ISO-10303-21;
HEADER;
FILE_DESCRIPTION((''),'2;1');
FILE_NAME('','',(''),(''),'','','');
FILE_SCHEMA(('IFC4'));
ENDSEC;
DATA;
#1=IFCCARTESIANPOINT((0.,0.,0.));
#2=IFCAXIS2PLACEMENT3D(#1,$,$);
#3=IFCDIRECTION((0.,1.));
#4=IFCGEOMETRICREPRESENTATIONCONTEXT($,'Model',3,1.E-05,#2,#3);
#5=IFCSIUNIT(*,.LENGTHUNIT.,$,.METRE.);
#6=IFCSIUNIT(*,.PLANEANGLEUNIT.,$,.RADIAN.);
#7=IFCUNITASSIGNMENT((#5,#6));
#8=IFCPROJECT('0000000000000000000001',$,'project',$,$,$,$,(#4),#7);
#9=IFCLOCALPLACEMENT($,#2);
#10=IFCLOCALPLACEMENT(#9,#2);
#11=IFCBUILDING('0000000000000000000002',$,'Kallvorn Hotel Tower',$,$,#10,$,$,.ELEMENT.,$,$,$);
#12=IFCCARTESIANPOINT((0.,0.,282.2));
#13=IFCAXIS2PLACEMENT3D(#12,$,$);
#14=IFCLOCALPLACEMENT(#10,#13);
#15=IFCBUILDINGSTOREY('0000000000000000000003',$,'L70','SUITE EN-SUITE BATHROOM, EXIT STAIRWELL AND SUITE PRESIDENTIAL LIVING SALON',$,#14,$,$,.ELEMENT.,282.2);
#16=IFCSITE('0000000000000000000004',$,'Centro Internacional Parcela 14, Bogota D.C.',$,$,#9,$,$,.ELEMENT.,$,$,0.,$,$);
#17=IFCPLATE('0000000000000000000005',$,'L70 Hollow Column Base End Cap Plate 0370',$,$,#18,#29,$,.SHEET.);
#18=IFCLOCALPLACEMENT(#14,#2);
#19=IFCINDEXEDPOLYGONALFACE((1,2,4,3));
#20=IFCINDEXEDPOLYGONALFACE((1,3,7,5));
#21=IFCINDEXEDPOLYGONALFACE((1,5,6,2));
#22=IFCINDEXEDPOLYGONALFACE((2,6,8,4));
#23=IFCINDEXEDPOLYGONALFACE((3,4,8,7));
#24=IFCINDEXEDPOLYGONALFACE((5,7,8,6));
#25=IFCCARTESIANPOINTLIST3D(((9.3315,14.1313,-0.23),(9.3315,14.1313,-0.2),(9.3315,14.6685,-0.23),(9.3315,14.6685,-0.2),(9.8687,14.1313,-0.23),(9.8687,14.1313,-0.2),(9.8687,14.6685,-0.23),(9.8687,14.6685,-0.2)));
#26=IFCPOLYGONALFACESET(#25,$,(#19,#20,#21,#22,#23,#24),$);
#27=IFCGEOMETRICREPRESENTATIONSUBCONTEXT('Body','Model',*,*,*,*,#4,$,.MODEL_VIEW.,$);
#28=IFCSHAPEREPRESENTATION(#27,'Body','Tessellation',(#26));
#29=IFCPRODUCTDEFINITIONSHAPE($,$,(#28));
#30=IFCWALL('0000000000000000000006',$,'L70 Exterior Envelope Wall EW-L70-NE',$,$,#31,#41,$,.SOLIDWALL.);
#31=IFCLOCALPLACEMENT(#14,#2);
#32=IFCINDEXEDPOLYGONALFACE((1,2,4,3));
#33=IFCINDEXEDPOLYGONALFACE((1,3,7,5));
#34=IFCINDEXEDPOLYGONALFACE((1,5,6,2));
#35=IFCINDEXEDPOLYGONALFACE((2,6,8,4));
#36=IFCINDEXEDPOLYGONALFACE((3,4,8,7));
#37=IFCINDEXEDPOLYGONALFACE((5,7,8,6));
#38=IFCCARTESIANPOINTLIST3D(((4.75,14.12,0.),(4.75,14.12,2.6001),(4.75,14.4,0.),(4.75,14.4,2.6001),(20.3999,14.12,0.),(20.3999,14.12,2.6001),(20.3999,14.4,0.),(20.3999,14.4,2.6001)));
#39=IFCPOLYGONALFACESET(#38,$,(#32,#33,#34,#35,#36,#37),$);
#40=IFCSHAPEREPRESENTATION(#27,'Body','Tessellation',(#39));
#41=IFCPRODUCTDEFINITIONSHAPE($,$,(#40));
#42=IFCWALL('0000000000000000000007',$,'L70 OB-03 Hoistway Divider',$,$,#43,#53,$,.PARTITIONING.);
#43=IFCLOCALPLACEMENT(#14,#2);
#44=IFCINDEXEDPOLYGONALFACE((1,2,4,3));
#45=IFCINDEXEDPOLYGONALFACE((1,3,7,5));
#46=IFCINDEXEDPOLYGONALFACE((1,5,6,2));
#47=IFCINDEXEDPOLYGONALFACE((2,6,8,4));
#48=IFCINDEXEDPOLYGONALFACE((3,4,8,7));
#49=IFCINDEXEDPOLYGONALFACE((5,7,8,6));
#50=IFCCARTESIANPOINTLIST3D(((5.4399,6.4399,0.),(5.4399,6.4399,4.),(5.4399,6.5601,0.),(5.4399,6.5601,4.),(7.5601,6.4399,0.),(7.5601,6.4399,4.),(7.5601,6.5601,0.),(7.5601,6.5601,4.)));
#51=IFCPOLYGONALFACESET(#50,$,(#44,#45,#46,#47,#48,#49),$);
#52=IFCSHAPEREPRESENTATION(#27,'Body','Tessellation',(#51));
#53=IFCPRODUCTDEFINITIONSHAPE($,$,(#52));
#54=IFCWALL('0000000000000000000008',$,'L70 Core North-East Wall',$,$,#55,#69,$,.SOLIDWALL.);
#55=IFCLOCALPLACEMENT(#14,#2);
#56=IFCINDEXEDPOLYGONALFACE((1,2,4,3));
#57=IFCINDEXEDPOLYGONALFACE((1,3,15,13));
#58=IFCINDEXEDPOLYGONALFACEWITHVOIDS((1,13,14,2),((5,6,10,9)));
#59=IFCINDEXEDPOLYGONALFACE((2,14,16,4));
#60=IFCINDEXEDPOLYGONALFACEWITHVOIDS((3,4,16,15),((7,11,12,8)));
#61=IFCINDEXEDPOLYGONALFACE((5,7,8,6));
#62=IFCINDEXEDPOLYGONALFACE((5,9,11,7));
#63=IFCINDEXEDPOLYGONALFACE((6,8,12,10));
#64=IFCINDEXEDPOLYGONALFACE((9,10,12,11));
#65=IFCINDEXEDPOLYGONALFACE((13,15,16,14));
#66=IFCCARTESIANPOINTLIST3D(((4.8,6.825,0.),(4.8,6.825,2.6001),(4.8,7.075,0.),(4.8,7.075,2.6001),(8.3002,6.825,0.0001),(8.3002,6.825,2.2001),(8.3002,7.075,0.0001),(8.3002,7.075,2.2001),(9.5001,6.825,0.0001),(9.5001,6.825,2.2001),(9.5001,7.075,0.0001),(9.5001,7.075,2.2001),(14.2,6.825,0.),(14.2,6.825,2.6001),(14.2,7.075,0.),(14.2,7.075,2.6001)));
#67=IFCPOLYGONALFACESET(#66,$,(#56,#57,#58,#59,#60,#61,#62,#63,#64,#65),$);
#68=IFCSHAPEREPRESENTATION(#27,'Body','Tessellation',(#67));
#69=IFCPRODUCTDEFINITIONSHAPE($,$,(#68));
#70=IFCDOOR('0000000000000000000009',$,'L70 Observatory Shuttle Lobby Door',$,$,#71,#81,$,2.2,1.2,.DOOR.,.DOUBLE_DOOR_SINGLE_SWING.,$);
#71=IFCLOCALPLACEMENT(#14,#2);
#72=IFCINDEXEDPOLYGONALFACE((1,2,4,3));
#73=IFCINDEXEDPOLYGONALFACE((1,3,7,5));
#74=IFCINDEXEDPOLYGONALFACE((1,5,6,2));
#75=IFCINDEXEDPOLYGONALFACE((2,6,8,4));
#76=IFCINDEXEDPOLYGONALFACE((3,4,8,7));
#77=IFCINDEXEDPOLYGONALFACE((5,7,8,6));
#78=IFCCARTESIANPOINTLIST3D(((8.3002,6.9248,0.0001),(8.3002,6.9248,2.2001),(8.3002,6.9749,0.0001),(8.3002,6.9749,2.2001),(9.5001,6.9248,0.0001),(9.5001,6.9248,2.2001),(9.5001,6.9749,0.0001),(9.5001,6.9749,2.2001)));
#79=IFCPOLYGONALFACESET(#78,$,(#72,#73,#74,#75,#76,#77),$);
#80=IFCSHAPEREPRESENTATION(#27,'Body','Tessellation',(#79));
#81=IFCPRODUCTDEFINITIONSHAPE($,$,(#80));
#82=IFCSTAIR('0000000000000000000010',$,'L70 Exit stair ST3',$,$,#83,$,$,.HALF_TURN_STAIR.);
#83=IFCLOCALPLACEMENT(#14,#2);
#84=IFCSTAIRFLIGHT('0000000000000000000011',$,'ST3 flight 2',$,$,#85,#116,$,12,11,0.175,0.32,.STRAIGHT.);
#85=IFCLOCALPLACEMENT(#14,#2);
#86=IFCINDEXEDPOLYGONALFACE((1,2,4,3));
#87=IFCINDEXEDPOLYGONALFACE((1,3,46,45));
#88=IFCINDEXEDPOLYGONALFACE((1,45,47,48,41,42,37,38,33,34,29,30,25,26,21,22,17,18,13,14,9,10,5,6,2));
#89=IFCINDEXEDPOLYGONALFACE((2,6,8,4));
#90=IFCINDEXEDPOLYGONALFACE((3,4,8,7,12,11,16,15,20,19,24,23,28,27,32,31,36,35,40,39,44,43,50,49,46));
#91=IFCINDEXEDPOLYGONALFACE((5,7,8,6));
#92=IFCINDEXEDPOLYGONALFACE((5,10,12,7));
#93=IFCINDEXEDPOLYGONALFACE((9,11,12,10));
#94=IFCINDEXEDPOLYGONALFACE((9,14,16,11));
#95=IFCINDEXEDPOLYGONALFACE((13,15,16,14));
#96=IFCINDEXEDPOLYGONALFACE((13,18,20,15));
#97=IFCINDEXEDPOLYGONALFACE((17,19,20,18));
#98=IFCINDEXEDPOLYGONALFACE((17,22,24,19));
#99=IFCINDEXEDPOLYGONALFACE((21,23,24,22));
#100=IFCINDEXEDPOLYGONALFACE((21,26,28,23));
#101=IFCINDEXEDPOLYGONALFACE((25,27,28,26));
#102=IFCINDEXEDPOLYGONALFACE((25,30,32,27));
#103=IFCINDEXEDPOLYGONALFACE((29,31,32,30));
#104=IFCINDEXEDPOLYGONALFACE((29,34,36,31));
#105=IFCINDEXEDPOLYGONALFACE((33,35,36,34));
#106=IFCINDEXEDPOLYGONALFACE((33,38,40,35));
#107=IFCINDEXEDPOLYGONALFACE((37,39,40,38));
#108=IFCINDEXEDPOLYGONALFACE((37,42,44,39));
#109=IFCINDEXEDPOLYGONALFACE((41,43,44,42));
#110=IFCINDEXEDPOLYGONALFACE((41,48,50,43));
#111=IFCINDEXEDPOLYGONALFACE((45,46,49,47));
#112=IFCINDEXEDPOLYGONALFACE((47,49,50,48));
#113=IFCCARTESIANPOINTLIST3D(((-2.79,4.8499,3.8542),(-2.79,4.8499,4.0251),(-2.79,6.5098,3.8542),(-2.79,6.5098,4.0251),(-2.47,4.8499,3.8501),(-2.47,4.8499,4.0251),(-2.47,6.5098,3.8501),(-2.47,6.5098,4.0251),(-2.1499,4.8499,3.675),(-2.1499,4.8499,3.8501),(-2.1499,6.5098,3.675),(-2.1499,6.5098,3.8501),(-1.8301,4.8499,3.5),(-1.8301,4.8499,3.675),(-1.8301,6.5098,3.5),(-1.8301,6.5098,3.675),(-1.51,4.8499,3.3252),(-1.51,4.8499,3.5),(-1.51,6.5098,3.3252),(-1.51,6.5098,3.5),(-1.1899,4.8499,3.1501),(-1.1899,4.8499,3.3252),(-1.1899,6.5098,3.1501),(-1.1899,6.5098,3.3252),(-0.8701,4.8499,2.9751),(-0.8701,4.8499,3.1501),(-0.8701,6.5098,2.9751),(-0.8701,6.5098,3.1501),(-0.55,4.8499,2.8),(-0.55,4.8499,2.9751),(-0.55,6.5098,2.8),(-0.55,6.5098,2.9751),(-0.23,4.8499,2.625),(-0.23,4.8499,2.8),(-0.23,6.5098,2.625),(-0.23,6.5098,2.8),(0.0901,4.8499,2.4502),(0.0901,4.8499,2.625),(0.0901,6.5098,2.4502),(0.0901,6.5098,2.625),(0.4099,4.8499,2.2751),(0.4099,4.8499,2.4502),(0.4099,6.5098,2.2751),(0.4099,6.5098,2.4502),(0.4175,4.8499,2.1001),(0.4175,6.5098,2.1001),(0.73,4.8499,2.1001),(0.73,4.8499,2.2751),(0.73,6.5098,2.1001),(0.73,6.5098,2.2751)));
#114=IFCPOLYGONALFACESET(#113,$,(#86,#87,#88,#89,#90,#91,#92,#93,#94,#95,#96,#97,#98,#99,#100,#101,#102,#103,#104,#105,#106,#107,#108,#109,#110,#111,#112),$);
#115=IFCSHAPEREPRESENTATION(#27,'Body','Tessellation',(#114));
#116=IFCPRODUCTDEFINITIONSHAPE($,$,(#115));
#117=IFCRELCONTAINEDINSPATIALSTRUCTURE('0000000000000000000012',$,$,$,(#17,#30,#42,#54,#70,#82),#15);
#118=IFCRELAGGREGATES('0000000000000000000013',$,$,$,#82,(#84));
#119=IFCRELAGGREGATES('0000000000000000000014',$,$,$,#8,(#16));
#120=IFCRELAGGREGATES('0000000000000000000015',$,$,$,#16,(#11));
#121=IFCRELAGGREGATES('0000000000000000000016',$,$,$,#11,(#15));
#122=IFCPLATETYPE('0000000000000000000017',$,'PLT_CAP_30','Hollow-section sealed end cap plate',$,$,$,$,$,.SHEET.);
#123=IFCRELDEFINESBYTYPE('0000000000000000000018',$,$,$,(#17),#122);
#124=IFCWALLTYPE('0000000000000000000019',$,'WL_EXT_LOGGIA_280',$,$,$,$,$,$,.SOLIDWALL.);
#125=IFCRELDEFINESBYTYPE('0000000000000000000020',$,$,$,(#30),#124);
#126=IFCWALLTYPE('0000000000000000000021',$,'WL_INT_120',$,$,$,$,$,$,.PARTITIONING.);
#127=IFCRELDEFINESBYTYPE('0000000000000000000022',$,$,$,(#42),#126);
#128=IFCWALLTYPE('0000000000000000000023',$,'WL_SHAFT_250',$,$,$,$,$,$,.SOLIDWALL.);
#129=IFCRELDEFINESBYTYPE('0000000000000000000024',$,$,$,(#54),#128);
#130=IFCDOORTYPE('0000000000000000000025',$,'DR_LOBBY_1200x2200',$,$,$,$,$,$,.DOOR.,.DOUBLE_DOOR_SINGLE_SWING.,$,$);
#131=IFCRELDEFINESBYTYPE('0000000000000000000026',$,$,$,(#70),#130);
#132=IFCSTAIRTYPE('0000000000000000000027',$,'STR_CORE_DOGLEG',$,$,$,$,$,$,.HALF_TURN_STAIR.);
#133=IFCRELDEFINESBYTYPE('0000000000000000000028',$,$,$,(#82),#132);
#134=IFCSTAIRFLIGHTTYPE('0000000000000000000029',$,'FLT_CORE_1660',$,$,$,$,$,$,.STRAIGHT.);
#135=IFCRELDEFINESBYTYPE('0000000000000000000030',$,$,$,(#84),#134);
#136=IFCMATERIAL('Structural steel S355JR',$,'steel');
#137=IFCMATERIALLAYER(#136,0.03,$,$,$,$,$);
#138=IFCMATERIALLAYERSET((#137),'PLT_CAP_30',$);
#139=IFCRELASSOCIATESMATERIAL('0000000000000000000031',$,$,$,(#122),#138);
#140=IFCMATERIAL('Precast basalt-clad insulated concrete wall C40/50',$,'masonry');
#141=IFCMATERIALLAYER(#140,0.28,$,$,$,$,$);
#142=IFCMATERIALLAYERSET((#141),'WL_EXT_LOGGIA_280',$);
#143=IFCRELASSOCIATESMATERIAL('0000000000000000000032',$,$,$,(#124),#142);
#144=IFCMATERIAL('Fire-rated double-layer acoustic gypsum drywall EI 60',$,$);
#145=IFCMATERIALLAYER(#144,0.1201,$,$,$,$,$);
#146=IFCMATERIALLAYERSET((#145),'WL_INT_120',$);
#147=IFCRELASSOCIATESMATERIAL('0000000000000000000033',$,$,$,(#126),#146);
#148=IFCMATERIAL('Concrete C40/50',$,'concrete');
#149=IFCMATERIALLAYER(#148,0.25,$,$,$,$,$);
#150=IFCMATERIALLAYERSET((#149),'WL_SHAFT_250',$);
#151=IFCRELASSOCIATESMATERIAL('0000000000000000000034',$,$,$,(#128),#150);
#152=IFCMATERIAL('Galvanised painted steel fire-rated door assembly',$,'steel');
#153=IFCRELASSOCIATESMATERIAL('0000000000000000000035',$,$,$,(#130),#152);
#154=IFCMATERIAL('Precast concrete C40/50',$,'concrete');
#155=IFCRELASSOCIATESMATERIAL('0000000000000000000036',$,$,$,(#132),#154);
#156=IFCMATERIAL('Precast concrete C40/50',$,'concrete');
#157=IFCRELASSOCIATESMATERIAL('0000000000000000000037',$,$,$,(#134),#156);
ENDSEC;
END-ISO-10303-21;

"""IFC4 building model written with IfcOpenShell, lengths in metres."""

from ifc_helpers import new_model, si_unit, direction, frame, frame_2d, origin, origin_2d, place, context, subcontext, project, spatial, polyline, rectangle, outline, extrude, material, layer, layer_set, type_object, element, fill, aggregate, save


model = new_model("IFC4")

# Units and contexts
model_context = context("Model", 3, precision=1e-05, world=origin(), true_north=direction((0.0, 1.0)))
body_context = subcontext(model_context, "Body", "Model", "MODEL_VIEW")
ifc_project = project(units=[si_unit("LENGTHUNIT", "METRE"), si_unit("PLANEANGLEUNIT", "RADIAN")], contexts=[model_context])

# Site, building, storey
site_placement = place(None, origin())
site = spatial("IfcSite", under=ifc_project, at=site_placement, Name="Centro Internacional Parcela 14, Bogota D.C.", CompositionType="ELEMENT", RefElevation=0.0)
building_placement = place(site_placement, origin())
building = spatial("IfcBuilding", under=site, at=building_placement, Name="Kallvorn Hotel Tower", CompositionType="ELEMENT")
storey_placement = place(building_placement, frame((0.0, 0.0, 282.2)))
storey = spatial("IfcBuildingStorey", under=building, at=storey_placement, Name="L70", Description="SUITE EN-SUITE BATHROOM, EXIT STAIRWELL AND SUITE PRESIDENTIAL LIVING SALON", CompositionType="ELEMENT", Elevation=282.2)

# Plate
ifc_material_1 = material(Name="Structural steel S355JR", Category="steel")
ifc_layer_1 = layer(ifc_material_1, 0.03)
ifc_layer_set_1 = layer_set([ifc_layer_1], Name="PLT_CAP_30")
plate_type_1 = type_object("IfcPlateType", Name="PLT_CAP_30", Description="Hollow-section sealed end cap plate", PredefinedType="SHEET", material=ifc_layer_set_1)
for number, where, z_axis, x_axis, name in (
    (1, (9.6001, 14.3999, -0.23), (0.0, 0.0, 1.0), (1.0, 0.0, 0.0), "L70 Hollow Column Base End Cap Plate 0370"),
):
    element("IfcPlate", number, at=place(storey_placement, frame(where, z_axis=z_axis, x_axis=x_axis)), inside=storey, type_object=plate_type_1, Name=name, PredefinedType="SHEET", context=body_context, shape_type="SweptSolid", body=[
        extrude(rectangle(XDim=0.5371, YDim=0.5371, at=origin_2d()), origin(), (0.0, 0.0, 1.0), 0.03),
    ])

# Walls
ifc_material_2 = material(Name="Precast basalt-clad insulated concrete wall C40/50", Category="masonry")
ifc_layer_2 = layer(ifc_material_2, 0.28)
ifc_layer_set_2 = layer_set([ifc_layer_2], Name="WL_EXT_LOGGIA_280")
wall_type_1 = type_object("IfcWallType", Name="WL_EXT_LOGGIA_280", PredefinedType="SOLIDWALL", material=ifc_layer_set_2)
wall_1_placement = place(storey_placement, frame((4.75, 14.26, 0.0), z_axis=(0.0, 0.0, 1.0), x_axis=(1.0, 0.0, 0.0)))
element("IfcWall", 2, at=wall_1_placement, inside=storey, type_object=wall_type_1, Name="L70 Exterior Envelope Wall EW-L70-NE", PredefinedType="SOLIDWALL", context=body_context, shape_type="SweptSolid", body=[
    extrude(rectangle(XDim=15.6499, YDim=0.28, at=frame_2d((7.825, 0.0))), origin(), (0.0, 0.0, 1.0), 2.6001),
])
ifc_material_3 = material(Name="Fire-rated double-layer acoustic gypsum drywall EI 60")
ifc_layer_3 = layer(ifc_material_3, 0.1201)
ifc_layer_set_3 = layer_set([ifc_layer_3], Name="WL_INT_120")
wall_type_2 = type_object("IfcWallType", Name="WL_INT_120", PredefinedType="PARTITIONING", material=ifc_layer_set_3)
wall_2_placement = place(storey_placement, frame((5.4399, 6.5, 0.0), z_axis=(0.0, 0.0, 1.0), x_axis=(1.0, 0.0, 0.0)))
element("IfcWall", 3, at=wall_2_placement, inside=storey, type_object=wall_type_2, Name="L70 OB-03 Hoistway Divider", PredefinedType="PARTITIONING", context=body_context, shape_type="SweptSolid", body=[
    extrude(rectangle(XDim=2.1201, YDim=0.1201, at=frame_2d((1.0601, 0.0))), origin(), (0.0, 0.0, 1.0), 4.0),
])

# Wall, opening, door
ifc_material_4 = material(Name="Concrete C40/50", Category="concrete")
ifc_layer_4 = layer(ifc_material_4, 0.25)
ifc_layer_set_4 = layer_set([ifc_layer_4], Name="WL_SHAFT_250")
wall_type_3 = type_object("IfcWallType", Name="WL_SHAFT_250", PredefinedType="SOLIDWALL", material=ifc_layer_set_4)
wall_3_placement = place(storey_placement, frame((4.8, 6.95, 0.0), z_axis=(0.0, 0.0, 1.0), x_axis=(1.0, 0.0, 0.0)))
wall_3 = element("IfcWall", 4, at=wall_3_placement, inside=storey, type_object=wall_type_3, Name="L70 Core North-East Wall", PredefinedType="SOLIDWALL", context=body_context, shape_type="SweptSolid", body=[
    extrude(rectangle(XDim=9.3999, YDim=0.25, at=frame_2d((4.7, 0.0))), origin(), (0.0, 0.0, 1.0), 2.6001),
])
opening_placement = place(wall_3_placement, frame((3.5, 0.0, 0.0)))
opening = element("IfcOpeningElement", 5, at=opening_placement, cuts=wall_3, PredefinedType="OPENING", context=body_context, shape_type="SweptSolid", body=[
    extrude(rectangle(XDim=1.2, YDim=2.2, at=frame_2d((0.6001, 1.1001))), frame((0.0, 0.1399, 0.0), z_axis=(0.0, -1.0, 0.0), x_axis=(1.0, 0.0, 0.0)), (0.0, 0.0, 1.0), 0.28),
])
ifc_material_5 = material(Name="Galvanised painted steel fire-rated door assembly", Category="steel")
door_type = type_object("IfcDoorType", Name="DR_LOBBY_1200x2200", OperationType="DOUBLE_DOOR_SINGLE_SWING", PredefinedType="DOOR", material=ifc_material_5)
door_placement = place(opening_placement, origin())
door = element("IfcDoor", 6, at=door_placement, inside=storey, type_object=door_type, Name="L70 Observatory Shuttle Lobby Door", OperationType="DOUBLE_DOOR_SINGLE_SWING", OverallHeight=2.2, OverallWidth=1.2, PredefinedType="DOOR", context=body_context, shape_type="SweptSolid", body=[
    extrude(rectangle(XDim=1.2, YDim=2.2, at=frame_2d((0.6001, 1.1001))), frame((0.0, 0.0249, 0.0), z_axis=(0.0, -1.0, 0.0), x_axis=(1.0, 0.0, 0.0)), (0.0, 0.0, 1.0), 0.05),
])
fill(opening, door)

# Stair, stair flight
ifc_material_6 = material(Name="Precast concrete C40/50", Category="concrete")
stair_type = type_object("IfcStairType", Name="STR_CORE_DOGLEG", PredefinedType="HALF_TURN_STAIR", material=ifc_material_6)
stair_placement = place(storey_placement, origin())
stair = element("IfcStair", 7, at=stair_placement, inside=storey, type_object=stair_type, Name="L70 Exit stair ST3", PredefinedType="HALF_TURN_STAIR")
ifc_material_7 = material(Name="Precast concrete C40/50", Category="concrete")
stair_flight_type = type_object("IfcStairFlightType", Name="FLT_CORE_1660", PredefinedType="STRAIGHT", material=ifc_material_7)
stair_flight_placement = place(storey_placement, frame((0.73, 5.6799, 2.1001), z_axis=(0.0, 0.0, 1.0), x_axis=(-1.0, 0.0, 0.0)))
stair_flight = element("IfcStairFlight", 8, at=stair_flight_placement, type_object=stair_flight_type, Name="ST3 flight 2", NumberOfRisers=12, NumberOfTreads=11, PredefinedType="STRAIGHT", RiserHeight=0.175, TreadLength=0.32, context=body_context, shape_type="SweptSolid", body=[
    extrude(outline(polyline([(0.0, 0.0), (0.0, 0.175), (0.3201, 0.175), (0.3201, 0.3501), (0.6399, 0.3501), (0.6399, 0.5249), (0.96, 0.5249), (0.96, 0.7), (1.28, 0.7), (1.28, 0.875), (1.6001, 0.875), (1.6001, 1.05), (1.9199, 1.05), (1.9199, 1.2251), (2.24, 1.2251), (2.24, 1.3999), (2.5601, 1.3999), (2.5601, 1.575), (2.8799, 1.575), (2.8799, 1.75), (3.2, 1.75), (3.2, 1.925), (3.52, 1.925), (3.52, 2.1001), (3.52, 1.7542), (0.3125, 0.0), (0.0, 0.0)])), frame((0.0, 0.8301, 0.0), z_axis=(0.0, -1.0, 0.0), x_axis=(1.0, 0.0, 0.0)), (0.0, 0.0, 1.0), 1.6599),
])
aggregate(stair, [stair_flight])

save(model, "model.ifc")
